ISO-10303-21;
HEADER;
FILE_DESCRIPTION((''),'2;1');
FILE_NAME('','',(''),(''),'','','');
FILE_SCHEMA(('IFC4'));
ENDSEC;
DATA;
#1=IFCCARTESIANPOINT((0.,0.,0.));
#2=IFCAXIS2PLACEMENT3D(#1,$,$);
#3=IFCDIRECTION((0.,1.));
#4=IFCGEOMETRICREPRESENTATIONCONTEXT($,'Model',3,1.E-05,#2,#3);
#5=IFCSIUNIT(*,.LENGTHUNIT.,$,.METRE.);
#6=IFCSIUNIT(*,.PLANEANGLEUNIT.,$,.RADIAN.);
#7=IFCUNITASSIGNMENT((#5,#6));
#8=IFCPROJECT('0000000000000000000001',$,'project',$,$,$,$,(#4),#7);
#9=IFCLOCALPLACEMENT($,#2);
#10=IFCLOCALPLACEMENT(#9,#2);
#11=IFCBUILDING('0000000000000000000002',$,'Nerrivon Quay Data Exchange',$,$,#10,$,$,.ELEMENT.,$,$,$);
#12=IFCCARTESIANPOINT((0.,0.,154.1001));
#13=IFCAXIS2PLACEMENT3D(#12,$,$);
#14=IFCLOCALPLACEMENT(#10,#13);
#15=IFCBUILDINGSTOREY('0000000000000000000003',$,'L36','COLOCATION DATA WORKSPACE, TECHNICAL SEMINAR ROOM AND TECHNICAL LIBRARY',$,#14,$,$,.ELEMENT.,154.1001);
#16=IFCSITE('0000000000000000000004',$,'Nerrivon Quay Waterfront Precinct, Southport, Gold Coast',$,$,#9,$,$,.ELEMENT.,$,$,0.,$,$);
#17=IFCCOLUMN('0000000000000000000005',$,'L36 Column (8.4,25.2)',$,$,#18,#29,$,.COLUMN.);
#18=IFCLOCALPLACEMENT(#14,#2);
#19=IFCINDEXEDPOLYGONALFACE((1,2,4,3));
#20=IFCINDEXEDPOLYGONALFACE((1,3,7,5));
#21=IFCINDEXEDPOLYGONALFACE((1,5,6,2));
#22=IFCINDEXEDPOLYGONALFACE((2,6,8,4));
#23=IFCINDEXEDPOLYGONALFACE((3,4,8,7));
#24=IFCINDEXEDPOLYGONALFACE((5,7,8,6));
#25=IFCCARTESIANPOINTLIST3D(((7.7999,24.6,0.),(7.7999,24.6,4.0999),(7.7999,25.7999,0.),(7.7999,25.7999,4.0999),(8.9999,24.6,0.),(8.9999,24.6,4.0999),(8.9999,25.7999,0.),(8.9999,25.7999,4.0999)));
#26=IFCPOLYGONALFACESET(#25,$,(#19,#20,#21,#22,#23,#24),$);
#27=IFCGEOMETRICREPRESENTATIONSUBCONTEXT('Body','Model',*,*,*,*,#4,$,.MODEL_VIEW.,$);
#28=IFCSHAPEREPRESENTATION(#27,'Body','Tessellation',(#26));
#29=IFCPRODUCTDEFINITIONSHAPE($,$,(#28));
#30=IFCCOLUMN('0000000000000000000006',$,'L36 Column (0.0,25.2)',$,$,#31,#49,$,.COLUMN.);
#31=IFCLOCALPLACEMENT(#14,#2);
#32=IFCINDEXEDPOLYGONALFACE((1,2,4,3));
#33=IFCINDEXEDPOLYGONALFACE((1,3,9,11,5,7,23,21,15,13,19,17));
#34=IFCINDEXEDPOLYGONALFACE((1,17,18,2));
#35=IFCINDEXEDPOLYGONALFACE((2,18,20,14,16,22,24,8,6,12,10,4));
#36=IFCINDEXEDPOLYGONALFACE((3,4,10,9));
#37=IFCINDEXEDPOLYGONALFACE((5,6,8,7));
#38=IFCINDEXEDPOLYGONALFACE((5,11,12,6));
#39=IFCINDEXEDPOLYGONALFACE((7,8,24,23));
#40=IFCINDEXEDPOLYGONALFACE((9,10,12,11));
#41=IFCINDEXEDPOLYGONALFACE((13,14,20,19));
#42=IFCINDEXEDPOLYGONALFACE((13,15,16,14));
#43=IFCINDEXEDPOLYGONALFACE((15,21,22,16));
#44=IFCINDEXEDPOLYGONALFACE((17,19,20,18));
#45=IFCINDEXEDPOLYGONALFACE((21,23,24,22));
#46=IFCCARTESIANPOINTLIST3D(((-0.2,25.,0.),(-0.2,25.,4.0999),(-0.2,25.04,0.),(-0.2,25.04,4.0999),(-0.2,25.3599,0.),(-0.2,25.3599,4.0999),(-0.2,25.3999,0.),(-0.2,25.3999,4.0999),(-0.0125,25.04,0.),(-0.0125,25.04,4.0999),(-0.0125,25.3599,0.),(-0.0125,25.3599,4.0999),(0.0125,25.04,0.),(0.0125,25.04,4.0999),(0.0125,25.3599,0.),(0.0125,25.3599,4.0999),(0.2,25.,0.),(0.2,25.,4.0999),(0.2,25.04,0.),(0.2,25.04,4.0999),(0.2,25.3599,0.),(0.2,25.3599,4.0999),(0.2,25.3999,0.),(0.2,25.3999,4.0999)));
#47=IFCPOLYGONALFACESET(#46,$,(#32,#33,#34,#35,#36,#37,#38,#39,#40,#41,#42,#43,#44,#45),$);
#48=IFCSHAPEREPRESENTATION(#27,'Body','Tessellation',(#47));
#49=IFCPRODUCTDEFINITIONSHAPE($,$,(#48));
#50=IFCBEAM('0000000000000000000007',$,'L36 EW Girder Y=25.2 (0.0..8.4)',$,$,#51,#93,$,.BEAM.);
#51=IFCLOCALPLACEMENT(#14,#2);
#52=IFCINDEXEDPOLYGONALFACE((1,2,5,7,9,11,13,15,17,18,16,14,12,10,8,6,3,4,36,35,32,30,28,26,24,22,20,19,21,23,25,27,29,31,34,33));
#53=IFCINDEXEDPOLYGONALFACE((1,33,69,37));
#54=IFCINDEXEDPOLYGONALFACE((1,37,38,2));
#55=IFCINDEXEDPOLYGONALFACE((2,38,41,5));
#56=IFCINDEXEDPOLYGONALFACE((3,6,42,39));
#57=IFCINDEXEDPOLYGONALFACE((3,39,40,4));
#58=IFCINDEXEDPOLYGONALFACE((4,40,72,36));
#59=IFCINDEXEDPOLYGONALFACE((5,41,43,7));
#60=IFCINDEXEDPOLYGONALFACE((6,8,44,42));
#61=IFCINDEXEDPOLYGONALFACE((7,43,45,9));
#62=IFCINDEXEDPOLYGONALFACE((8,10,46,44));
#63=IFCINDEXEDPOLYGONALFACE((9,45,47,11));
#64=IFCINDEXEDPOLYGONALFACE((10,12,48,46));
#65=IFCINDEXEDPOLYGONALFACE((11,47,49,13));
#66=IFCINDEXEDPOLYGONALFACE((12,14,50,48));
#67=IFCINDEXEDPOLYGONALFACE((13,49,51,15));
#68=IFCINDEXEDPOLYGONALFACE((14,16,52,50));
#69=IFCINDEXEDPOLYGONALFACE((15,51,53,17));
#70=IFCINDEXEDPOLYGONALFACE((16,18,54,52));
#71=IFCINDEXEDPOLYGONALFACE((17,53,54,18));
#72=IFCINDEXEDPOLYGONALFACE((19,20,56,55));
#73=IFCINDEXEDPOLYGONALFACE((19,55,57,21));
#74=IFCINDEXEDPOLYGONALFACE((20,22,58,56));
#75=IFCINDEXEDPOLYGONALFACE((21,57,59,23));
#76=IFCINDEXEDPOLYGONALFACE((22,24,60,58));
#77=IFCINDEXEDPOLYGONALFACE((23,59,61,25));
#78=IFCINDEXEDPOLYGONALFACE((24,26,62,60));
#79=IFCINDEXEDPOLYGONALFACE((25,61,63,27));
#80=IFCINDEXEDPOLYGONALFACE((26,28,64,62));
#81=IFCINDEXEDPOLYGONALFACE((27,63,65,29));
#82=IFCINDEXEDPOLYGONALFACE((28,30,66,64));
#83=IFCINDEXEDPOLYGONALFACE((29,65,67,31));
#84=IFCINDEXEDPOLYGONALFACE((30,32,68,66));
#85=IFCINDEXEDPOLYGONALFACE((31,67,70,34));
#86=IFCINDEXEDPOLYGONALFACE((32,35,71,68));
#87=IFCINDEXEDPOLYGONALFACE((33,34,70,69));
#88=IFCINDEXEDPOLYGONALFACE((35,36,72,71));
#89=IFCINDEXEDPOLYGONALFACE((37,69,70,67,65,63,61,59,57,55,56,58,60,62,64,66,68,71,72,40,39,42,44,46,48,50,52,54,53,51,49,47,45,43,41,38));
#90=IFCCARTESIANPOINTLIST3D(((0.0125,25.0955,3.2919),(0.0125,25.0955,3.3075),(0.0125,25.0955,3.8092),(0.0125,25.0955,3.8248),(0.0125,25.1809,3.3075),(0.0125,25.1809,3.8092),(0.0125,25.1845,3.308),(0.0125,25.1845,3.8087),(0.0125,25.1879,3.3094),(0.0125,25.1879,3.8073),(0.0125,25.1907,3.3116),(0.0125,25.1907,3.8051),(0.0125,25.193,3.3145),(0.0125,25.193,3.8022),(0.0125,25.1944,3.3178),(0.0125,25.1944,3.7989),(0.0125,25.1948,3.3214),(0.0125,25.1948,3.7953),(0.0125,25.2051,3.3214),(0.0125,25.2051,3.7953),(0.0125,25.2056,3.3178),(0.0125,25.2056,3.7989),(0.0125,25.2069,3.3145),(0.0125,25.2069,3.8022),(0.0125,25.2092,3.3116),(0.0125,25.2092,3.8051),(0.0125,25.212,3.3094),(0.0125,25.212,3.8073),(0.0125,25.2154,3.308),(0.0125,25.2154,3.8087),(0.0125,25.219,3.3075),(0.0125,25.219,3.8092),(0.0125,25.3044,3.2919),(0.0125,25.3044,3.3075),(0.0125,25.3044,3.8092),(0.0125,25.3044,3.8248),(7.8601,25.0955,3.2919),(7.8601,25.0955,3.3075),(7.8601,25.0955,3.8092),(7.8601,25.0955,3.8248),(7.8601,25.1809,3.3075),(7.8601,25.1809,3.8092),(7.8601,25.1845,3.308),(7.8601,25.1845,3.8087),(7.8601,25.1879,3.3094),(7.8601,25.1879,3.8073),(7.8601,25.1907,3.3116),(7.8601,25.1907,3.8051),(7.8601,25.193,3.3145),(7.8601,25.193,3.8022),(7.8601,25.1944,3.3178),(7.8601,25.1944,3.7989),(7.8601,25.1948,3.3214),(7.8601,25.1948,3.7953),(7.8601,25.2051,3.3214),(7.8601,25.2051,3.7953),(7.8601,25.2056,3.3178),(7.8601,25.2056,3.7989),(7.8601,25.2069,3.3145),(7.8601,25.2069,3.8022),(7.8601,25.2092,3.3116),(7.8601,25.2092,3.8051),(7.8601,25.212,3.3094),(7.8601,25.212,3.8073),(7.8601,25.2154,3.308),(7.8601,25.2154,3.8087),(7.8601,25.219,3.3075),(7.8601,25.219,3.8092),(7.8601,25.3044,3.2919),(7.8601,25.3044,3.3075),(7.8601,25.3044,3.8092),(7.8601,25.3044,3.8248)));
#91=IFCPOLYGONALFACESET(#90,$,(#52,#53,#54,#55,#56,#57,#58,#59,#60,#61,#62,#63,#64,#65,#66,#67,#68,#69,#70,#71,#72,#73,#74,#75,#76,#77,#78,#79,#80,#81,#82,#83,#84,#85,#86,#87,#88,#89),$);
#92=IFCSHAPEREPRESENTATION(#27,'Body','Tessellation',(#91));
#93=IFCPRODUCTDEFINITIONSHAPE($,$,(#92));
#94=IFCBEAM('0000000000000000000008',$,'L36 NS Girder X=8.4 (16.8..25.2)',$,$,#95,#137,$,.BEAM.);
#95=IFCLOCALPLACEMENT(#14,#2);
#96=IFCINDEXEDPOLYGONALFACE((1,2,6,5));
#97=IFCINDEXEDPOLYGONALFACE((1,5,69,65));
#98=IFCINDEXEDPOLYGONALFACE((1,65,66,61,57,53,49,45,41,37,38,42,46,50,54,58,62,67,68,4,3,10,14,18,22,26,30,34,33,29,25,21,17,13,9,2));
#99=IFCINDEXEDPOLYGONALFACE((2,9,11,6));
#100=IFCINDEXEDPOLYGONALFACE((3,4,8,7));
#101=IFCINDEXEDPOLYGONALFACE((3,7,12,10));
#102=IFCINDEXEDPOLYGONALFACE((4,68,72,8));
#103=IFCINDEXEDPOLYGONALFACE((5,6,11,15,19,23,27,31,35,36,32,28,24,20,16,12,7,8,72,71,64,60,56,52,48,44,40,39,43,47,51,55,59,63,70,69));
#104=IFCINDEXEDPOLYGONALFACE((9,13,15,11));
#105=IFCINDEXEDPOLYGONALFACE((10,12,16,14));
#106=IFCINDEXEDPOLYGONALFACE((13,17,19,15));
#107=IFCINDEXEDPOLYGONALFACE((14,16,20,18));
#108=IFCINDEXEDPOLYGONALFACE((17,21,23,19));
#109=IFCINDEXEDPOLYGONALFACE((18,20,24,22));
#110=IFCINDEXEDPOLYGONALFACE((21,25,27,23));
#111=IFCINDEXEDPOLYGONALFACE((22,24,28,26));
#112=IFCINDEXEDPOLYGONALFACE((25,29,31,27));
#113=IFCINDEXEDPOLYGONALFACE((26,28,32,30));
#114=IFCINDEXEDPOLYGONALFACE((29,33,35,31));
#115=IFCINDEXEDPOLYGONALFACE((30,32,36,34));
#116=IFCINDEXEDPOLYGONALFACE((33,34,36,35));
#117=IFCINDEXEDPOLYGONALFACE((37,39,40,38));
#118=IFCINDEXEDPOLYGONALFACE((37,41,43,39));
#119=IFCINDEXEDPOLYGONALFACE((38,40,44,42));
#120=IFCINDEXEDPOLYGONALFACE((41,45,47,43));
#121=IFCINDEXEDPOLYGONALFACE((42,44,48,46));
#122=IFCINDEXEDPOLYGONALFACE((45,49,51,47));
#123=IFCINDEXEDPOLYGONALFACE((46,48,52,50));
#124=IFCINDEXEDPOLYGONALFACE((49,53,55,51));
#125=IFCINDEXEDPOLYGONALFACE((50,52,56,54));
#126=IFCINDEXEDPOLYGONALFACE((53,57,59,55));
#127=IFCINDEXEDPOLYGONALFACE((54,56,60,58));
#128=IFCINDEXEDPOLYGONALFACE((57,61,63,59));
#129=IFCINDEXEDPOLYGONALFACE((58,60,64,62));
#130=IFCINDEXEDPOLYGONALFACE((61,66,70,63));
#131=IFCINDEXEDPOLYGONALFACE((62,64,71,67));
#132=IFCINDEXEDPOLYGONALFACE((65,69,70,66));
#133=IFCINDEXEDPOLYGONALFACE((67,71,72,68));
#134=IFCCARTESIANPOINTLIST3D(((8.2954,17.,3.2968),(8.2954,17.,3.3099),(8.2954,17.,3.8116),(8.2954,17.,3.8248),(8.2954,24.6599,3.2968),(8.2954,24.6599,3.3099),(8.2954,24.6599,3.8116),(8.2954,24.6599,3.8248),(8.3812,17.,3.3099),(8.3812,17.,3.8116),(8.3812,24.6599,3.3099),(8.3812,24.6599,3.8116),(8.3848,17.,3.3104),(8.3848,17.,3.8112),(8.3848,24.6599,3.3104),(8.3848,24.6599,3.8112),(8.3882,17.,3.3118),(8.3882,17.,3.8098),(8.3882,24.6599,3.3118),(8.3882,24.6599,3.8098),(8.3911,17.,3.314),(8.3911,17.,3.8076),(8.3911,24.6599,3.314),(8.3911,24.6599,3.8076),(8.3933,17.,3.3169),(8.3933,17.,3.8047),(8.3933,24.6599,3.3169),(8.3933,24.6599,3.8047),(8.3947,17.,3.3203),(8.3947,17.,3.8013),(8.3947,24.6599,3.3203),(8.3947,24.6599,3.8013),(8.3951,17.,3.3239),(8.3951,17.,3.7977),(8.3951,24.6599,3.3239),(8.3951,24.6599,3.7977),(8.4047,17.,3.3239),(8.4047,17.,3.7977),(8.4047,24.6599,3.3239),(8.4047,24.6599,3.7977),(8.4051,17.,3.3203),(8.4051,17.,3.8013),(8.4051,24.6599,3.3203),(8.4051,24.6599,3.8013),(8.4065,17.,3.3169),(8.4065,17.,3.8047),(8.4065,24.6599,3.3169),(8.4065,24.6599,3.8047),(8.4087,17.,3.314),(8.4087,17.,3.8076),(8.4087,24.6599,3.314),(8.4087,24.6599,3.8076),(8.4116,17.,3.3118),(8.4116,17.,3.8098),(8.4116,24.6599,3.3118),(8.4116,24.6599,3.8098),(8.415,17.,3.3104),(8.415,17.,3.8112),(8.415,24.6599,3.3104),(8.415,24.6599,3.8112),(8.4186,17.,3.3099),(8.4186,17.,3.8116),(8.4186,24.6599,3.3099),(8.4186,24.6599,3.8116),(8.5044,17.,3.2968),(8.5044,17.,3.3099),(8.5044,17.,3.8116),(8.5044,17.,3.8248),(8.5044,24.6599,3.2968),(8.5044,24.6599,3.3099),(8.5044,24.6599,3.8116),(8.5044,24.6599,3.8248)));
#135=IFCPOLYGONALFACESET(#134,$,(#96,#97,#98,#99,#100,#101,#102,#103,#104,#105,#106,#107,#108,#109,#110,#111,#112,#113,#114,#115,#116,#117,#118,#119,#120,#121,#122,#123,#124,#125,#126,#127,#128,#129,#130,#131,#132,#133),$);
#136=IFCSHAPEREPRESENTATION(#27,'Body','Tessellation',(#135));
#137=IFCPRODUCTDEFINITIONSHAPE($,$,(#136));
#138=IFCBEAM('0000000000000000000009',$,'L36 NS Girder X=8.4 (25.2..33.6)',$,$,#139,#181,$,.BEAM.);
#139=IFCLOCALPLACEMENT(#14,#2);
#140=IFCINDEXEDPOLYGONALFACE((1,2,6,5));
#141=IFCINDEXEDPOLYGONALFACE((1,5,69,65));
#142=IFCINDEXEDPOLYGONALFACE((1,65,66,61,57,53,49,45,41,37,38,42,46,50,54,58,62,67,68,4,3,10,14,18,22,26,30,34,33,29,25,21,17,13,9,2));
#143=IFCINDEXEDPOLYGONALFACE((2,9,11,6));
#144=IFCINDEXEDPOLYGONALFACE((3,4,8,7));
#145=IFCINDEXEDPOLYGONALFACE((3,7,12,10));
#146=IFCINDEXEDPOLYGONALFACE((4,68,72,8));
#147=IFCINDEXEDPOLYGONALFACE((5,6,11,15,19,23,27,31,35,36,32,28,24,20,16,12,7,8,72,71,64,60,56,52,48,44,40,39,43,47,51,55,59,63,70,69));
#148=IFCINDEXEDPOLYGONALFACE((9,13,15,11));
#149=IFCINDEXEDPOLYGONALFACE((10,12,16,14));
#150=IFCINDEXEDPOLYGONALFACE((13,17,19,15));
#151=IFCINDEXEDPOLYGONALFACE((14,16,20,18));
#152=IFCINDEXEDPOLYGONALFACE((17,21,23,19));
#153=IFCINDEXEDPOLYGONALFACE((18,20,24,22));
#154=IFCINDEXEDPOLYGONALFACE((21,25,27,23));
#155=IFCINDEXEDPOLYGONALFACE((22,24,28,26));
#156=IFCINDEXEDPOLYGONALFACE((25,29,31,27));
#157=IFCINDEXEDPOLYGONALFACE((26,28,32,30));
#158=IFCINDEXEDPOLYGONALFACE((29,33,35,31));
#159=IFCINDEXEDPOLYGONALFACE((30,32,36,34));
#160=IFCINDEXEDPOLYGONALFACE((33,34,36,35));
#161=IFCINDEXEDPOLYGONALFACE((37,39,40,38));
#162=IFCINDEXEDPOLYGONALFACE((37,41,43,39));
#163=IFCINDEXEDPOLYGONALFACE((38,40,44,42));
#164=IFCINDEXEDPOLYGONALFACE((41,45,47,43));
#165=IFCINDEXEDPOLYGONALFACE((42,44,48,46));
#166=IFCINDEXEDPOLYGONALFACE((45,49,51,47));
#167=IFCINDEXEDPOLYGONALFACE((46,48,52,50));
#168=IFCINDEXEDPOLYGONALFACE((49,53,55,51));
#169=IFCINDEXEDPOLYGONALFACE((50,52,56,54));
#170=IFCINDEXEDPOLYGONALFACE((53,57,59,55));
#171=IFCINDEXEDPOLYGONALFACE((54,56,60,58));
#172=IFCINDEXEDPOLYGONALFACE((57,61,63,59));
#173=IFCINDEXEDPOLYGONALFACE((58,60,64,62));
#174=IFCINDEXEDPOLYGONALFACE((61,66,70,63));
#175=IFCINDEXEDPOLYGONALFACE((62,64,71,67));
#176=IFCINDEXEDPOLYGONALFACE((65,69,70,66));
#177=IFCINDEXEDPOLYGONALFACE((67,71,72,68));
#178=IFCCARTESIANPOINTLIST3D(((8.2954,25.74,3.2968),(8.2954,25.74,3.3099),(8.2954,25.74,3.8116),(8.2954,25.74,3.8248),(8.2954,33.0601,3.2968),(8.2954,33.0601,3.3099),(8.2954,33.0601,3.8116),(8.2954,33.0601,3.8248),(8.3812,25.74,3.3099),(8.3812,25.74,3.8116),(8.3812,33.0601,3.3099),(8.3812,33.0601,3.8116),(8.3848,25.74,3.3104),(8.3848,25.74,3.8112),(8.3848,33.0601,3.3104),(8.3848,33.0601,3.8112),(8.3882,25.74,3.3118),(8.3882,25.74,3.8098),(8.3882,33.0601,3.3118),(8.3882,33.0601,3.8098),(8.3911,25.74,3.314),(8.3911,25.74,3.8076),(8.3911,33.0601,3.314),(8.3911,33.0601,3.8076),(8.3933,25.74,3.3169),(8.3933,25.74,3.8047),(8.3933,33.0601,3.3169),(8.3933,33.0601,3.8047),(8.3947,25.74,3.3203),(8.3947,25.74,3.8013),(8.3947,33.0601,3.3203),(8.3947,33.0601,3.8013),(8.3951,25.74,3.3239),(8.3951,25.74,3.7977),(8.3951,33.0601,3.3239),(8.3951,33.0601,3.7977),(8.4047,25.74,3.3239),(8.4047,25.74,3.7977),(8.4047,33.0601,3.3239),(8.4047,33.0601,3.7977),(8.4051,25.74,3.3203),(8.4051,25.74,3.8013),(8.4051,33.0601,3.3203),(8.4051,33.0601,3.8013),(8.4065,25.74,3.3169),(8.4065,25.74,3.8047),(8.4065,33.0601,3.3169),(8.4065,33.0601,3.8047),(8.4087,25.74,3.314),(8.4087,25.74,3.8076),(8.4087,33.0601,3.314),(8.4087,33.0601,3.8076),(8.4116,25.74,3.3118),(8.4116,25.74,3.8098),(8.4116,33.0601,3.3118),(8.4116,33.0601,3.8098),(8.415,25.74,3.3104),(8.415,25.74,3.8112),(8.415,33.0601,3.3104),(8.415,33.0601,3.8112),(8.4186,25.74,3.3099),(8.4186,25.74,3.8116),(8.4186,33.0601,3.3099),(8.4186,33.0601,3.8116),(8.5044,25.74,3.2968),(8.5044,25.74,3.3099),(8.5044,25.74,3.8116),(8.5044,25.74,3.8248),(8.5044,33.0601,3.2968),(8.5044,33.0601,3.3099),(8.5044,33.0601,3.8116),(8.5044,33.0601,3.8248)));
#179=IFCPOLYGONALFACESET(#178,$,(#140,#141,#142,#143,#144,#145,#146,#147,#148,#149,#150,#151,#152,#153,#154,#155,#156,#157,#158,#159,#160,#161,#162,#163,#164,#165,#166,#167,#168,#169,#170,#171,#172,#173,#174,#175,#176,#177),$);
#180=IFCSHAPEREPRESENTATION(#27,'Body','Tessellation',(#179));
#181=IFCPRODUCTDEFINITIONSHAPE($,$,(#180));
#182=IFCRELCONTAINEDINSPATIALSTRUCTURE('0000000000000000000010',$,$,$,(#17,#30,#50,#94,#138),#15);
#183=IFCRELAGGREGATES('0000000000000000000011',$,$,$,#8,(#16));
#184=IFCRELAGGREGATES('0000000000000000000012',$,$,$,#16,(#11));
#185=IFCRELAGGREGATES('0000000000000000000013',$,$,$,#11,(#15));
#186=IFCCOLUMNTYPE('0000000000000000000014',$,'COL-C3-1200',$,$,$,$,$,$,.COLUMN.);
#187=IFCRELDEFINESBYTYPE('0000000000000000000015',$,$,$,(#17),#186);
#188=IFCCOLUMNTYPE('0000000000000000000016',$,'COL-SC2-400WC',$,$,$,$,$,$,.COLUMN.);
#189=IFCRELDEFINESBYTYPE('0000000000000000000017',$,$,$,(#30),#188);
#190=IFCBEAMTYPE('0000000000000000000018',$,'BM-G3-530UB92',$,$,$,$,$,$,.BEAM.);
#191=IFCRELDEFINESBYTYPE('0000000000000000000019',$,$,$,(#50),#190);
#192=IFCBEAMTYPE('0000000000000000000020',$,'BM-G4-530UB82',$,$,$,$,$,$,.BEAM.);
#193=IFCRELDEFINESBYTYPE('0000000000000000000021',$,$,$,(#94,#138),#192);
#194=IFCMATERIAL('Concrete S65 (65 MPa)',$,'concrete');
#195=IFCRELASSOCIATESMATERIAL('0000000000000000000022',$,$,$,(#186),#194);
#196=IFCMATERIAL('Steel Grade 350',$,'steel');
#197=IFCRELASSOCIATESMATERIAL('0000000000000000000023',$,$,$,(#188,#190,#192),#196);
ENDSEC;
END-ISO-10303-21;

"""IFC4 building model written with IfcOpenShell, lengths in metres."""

from ifc_helpers import new_model, si_unit, direction, frame, origin, origin_2d, place, context, subcontext, project, spatial, rectangle, i_section, extrude, material, material_profile, profile_set, type_object, element, save


model = new_model("IFC4")

# Units and contexts
model_context = context("Model", 3, precision=1e-05, world=origin(), true_north=direction((0.0, 1.0)))
body_context = subcontext(model_context, "Body", "Model", "MODEL_VIEW")
ifc_project = project(units=[si_unit("LENGTHUNIT", "METRE"), si_unit("PLANEANGLEUNIT", "RADIAN")], contexts=[model_context])

# Site, building, storey
site_placement = place(None, origin())
site = spatial("IfcSite", under=ifc_project, at=site_placement, Name="Nerrivon Quay Waterfront Precinct, Southport, Gold Coast", CompositionType="ELEMENT", RefElevation=0.0)
building_placement = place(site_placement, origin())
building = spatial("IfcBuilding", under=site, at=building_placement, Name="Nerrivon Quay Data Exchange", CompositionType="ELEMENT")
storey_placement = place(building_placement, frame((0.0, 0.0, 154.1001)))
storey = spatial("IfcBuildingStorey", under=building, at=storey_placement, Name="L36", Description="COLOCATION DATA WORKSPACE, TECHNICAL SEMINAR ROOM AND TECHNICAL LIBRARY", CompositionType="ELEMENT", Elevation=154.1001)

# Columns
ifc_material_1 = material(Name="Concrete S65 (65 MPa)", Category="concrete")
ifc_material_profile_1 = material_profile(ifc_material_1, rectangle(XDim=1.2, YDim=1.2, at=origin_2d()), Name="RC-COL-1200x1200")
ifc_profile_set_1 = profile_set([ifc_material_profile_1], Name="Concrete S65 (65 MPa)")
column_type_1 = type_object("IfcColumnType", Name="COL-C3-1200", PredefinedType="COLUMN", material=ifc_profile_set_1)
column_1_placement = place(storey_placement, frame((8.3999, 25.2, 0.0), z_axis=(0.0, 0.0, 1.0), x_axis=(1.0, 0.0, 0.0)))
element("IfcColumn", 1, at=column_1_placement, inside=storey, type_object=column_type_1, Name="L36 Column (8.4,25.2)", PredefinedType="COLUMN", context=body_context, shape_type="SweptSolid", body=[
    extrude(rectangle(XDim=1.2, YDim=1.2, at=origin_2d()), origin(), (0.0, 0.0, 1.0), 4.0999),
])
ifc_material_2 = material(Name="Steel Grade 350", Category="steel")
ifc_material_profile_2 = material_profile(ifc_material_2, i_section(OverallWidth=0.3999, OverallDepth=0.3999, WebThickness=0.0249, FlangeThickness=0.04, at=origin_2d()), Name="400WC328")
ifc_profile_set_2 = profile_set([ifc_material_profile_2], Name="Steel Grade 350")
column_type_2 = type_object("IfcColumnType", Name="COL-SC2-400WC", PredefinedType="COLUMN", material=ifc_profile_set_2)
column_2_placement = place(storey_placement, frame((0.0, 25.2, 0.0), z_axis=(0.0, 0.0, 1.0), x_axis=(1.0, 0.0, 0.0)))
element("IfcColumn", 2, at=column_2_placement, inside=storey, type_object=column_type_2, Name="L36 Column (0.0,25.2)", PredefinedType="COLUMN", context=body_context, shape_type="SweptSolid", body=[
    extrude(i_section(OverallWidth=0.3999, OverallDepth=0.3999, WebThickness=0.0249, FlangeThickness=0.04, at=origin_2d()), origin(), (0.0, 0.0, 1.0), 4.0999),
])

# Beams
ifc_material_profile_3 = material_profile(ifc_material_2, i_section(OverallWidth=0.209, OverallDepth=0.533, WebThickness=0.0103, FlangeThickness=0.0156, FilletRadius=0.0139, at=origin_2d()), Name="530UB92.4")
ifc_profile_set_3 = profile_set([ifc_material_profile_3], Name="Steel Grade 350")
beam_type_1 = type_object("IfcBeamType", Name="BM-G3-530UB92", PredefinedType="BEAM", material=ifc_profile_set_3)
beam_1_placement = place(storey_placement, frame((0.0125, 25.2, 3.5583), z_axis=(1.0, 0.0, 0.0), x_axis=(0.0, 1.0, 0.0)))
element("IfcBeam", 3, at=beam_1_placement, inside=storey, type_object=beam_type_1, Name="L36 EW Girder Y=25.2 (0.0..8.4)", PredefinedType="BEAM", context=body_context, shape_type="SweptSolid", body=[
    extrude(i_section(OverallWidth=0.209, OverallDepth=0.533, WebThickness=0.0103, FlangeThickness=0.0156, FilletRadius=0.0139, at=origin_2d()), origin(), (0.0, 0.0, 1.0), 7.8477),
])
ifc_material_profile_4 = material_profile(ifc_material_2, i_section(OverallWidth=0.209, OverallDepth=0.5281, WebThickness=0.0095, FlangeThickness=0.0132, FilletRadius=0.0139, at=origin_2d()), Name="530UB82.0")
ifc_profile_set_4 = profile_set([ifc_material_profile_4], Name="Steel Grade 350")
beam_type_2 = type_object("IfcBeamType", Name="BM-G4-530UB82", PredefinedType="BEAM", material=ifc_profile_set_4)
beam_2_placement = place(storey_placement, frame((8.3999, 17.0, 3.5608), z_axis=(0.0, 1.0, 0.0), x_axis=(-1.0, 0.0, 0.0)))
element("IfcBeam", 4, at=beam_2_placement, inside=storey, type_object=beam_type_2, Name="L36 NS Girder X=8.4 (16.8..25.2)", PredefinedType="BEAM", context=body_context, shape_type="SweptSolid", body=[
    extrude(i_section(OverallWidth=0.209, OverallDepth=0.5281, WebThickness=0.0095, FlangeThickness=0.0132, FilletRadius=0.0139, at=origin_2d()), origin(), (0.0, 0.0, 1.0), 7.6599),
])
beam_3_placement = place(storey_placement, frame((8.3999, 25.74, 3.5608), z_axis=(0.0, 1.0, 0.0), x_axis=(-1.0, 0.0, 0.0)))
element("IfcBeam", 5, at=beam_3_placement, inside=storey, type_object=beam_type_2, Name="L36 NS Girder X=8.4 (25.2..33.6)", PredefinedType="BEAM", context=body_context, shape_type="SweptSolid", body=[
    extrude(i_section(OverallWidth=0.209, OverallDepth=0.5281, WebThickness=0.0095, FlangeThickness=0.0132, FilletRadius=0.0139, at=origin_2d()), origin(), (0.0, 0.0, 1.0), 7.3201),
])

save(model, "model.ifc")
